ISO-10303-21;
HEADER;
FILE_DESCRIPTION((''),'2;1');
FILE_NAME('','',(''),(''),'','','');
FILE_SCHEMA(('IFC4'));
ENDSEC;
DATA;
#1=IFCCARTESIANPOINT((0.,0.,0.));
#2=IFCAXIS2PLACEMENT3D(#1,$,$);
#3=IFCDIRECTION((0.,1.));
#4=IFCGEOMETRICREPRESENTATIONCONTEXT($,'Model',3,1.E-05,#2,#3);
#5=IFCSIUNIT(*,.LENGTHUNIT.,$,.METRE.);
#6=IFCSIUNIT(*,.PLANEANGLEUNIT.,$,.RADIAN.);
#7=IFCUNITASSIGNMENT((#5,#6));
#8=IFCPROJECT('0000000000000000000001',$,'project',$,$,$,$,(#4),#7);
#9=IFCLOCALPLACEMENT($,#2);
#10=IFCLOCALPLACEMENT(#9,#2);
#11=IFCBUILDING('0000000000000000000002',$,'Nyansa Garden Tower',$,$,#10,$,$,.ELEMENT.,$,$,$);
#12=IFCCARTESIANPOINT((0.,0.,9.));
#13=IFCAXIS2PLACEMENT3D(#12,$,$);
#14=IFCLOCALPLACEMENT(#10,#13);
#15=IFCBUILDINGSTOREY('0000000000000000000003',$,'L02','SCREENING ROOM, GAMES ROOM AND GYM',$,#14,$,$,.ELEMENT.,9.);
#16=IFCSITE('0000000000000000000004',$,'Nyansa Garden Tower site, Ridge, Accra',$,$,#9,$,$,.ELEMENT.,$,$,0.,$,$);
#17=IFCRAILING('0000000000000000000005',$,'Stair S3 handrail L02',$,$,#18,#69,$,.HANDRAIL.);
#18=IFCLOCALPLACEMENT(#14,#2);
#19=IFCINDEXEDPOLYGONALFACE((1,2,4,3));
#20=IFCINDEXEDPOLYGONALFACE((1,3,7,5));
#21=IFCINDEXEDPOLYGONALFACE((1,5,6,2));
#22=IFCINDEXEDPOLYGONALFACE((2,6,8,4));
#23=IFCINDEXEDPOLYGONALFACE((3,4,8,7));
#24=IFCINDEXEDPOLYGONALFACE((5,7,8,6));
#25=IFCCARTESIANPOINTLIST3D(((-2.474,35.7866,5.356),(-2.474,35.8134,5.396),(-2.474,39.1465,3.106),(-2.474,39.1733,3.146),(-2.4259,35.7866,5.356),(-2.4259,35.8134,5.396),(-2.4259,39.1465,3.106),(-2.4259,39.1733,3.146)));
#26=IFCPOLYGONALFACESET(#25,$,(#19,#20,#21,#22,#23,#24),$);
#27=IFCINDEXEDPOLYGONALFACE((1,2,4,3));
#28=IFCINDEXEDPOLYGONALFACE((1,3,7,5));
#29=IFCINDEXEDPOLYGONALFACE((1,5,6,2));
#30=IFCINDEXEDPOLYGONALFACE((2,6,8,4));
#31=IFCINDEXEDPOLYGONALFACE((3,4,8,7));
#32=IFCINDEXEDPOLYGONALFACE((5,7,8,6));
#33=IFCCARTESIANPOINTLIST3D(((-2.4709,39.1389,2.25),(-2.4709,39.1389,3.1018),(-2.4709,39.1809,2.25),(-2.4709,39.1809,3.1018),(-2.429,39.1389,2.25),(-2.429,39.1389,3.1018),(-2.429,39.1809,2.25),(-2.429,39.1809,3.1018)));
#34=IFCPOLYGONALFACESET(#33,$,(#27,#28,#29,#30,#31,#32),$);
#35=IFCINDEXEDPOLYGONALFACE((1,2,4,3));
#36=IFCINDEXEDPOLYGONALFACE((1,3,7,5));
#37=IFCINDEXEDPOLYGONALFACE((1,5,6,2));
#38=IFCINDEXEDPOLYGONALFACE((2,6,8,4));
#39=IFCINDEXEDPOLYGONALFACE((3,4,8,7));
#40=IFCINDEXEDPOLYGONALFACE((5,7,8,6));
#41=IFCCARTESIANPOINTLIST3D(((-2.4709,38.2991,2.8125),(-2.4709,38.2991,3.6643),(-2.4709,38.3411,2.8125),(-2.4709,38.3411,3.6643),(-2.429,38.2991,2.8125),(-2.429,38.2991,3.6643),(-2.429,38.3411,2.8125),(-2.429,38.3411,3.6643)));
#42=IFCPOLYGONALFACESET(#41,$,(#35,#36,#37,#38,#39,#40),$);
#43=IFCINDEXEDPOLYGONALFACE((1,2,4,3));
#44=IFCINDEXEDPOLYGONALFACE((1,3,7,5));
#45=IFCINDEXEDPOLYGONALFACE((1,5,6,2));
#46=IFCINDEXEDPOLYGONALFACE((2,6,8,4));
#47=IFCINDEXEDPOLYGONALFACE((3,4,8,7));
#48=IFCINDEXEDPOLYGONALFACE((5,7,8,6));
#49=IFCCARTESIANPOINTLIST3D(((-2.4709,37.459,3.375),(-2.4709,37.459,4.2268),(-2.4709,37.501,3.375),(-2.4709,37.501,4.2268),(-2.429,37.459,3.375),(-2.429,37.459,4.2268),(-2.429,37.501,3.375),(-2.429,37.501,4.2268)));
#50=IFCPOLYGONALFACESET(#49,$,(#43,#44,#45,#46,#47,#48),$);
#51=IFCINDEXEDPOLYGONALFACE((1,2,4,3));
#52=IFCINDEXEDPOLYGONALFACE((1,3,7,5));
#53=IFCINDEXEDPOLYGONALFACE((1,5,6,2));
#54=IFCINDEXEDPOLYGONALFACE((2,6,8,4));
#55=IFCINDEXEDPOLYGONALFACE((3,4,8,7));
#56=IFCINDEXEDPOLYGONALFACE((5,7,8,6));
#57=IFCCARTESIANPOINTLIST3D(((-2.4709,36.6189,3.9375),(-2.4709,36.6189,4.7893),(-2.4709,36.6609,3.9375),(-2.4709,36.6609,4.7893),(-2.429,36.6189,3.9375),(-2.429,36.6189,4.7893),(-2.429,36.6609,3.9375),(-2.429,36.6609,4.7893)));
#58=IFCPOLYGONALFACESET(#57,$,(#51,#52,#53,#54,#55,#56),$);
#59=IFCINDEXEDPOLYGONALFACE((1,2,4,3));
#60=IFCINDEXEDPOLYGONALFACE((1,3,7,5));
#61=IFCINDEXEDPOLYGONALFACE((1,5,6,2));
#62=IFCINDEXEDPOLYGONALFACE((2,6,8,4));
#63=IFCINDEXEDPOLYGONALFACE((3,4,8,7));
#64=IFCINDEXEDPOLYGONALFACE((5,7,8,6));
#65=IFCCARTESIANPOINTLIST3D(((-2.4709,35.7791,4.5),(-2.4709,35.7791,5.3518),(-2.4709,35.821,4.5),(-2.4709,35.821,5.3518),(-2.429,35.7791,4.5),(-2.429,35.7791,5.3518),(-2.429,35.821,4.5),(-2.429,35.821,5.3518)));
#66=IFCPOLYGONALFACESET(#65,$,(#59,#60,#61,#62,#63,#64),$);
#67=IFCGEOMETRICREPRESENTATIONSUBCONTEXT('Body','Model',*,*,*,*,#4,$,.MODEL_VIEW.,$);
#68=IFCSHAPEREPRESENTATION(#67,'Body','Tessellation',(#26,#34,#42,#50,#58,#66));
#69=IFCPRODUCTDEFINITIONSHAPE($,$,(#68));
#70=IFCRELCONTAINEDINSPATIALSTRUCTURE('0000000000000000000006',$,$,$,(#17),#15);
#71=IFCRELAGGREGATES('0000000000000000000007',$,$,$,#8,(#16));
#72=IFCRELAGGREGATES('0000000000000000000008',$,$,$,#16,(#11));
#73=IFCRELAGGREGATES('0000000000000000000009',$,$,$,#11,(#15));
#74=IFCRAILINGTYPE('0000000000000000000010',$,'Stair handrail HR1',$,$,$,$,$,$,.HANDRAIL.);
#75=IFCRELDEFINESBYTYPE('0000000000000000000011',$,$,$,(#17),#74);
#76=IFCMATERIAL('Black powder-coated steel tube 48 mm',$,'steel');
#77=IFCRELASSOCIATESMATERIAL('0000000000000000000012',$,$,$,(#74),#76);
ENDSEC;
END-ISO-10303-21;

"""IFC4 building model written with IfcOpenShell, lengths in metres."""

from ifc_helpers import new_model, si_unit, direction, frame, origin, origin_2d, place, context, subcontext, project, spatial, rectangle, extrude, material, type_object, element, save


model = new_model("IFC4")

# Units and contexts
model_context = context("Model", 3, precision=1e-05, world=origin(), true_north=direction((0.0, 1.0)))
body_context = subcontext(model_context, "Body", "Model", "MODEL_VIEW")
ifc_project = project(units=[si_unit("LENGTHUNIT", "METRE"), si_unit("PLANEANGLEUNIT", "RADIAN")], contexts=[model_context])

# Site, building, storey
site_placement = place(None, origin())
site = spatial("IfcSite", under=ifc_project, at=site_placement, Name="Nyansa Garden Tower site, Ridge, Accra", CompositionType="ELEMENT", RefElevation=0.0)
building_placement = place(site_placement, origin())
building = spatial("IfcBuilding", under=site, at=building_placement, Name="Nyansa Garden Tower", CompositionType="ELEMENT")
storey_placement = place(building_placement, frame((0.0, 0.0, 9.0)))
storey = spatial("IfcBuildingStorey", under=building, at=storey_placement, Name="L02", Description="SCREENING ROOM, GAMES ROOM AND GYM", CompositionType="ELEMENT", Elevation=9.0)

# Railing
ifc_material_1 = material(Name="Black powder-coated steel tube 48 mm", Category="steel")
railing_type = type_object("IfcRailingType", Name="Stair handrail HR1", PredefinedType="HANDRAIL", material=ifc_material_1)
railing_1_placement = place(storey_placement, frame((-2.45, 39.1599, 2.25)))
element("IfcRailing", 1, at=railing_1_placement, inside=storey, type_object=railing_type, Name="Stair S3 handrail L02", PredefinedType="HANDRAIL", context=body_context, shape_type="SweptSolid", body=[
    extrude(rectangle(XDim=0.0481, YDim=0.0481, at=origin_2d()), frame((0.0, 0.0, 0.876), z_axis=(0.0, -0.830897, 0.556427), x_axis=(1.0, 0.0, 0.0)), (0.0, 0.0, 1.0), 4.0437),
    extrude(rectangle(XDim=0.042, YDim=0.042, at=origin_2d()), origin(), (0.0, 0.0, 1.0), 0.8518),
    extrude(rectangle(XDim=0.042, YDim=0.042, at=origin_2d()), frame((0.0, -0.8398, 0.5625)), (0.0, 0.0, 1.0), 0.8518),
    extrude(rectangle(XDim=0.042, YDim=0.042, at=origin_2d()), frame((0.0, -1.6799, 1.125)), (0.0, 0.0, 1.0), 0.8518),
    extrude(rectangle(XDim=0.042, YDim=0.042, at=origin_2d()), frame((0.0, -2.52, 1.6875)), (0.0, 0.0, 1.0), 0.8518),
    extrude(rectangle(XDim=0.042, YDim=0.042, at=origin_2d()), frame((0.0, -3.3599, 2.25)), (0.0, 0.0, 1.0), 0.8518),
])

save(model, "model.ifc")
